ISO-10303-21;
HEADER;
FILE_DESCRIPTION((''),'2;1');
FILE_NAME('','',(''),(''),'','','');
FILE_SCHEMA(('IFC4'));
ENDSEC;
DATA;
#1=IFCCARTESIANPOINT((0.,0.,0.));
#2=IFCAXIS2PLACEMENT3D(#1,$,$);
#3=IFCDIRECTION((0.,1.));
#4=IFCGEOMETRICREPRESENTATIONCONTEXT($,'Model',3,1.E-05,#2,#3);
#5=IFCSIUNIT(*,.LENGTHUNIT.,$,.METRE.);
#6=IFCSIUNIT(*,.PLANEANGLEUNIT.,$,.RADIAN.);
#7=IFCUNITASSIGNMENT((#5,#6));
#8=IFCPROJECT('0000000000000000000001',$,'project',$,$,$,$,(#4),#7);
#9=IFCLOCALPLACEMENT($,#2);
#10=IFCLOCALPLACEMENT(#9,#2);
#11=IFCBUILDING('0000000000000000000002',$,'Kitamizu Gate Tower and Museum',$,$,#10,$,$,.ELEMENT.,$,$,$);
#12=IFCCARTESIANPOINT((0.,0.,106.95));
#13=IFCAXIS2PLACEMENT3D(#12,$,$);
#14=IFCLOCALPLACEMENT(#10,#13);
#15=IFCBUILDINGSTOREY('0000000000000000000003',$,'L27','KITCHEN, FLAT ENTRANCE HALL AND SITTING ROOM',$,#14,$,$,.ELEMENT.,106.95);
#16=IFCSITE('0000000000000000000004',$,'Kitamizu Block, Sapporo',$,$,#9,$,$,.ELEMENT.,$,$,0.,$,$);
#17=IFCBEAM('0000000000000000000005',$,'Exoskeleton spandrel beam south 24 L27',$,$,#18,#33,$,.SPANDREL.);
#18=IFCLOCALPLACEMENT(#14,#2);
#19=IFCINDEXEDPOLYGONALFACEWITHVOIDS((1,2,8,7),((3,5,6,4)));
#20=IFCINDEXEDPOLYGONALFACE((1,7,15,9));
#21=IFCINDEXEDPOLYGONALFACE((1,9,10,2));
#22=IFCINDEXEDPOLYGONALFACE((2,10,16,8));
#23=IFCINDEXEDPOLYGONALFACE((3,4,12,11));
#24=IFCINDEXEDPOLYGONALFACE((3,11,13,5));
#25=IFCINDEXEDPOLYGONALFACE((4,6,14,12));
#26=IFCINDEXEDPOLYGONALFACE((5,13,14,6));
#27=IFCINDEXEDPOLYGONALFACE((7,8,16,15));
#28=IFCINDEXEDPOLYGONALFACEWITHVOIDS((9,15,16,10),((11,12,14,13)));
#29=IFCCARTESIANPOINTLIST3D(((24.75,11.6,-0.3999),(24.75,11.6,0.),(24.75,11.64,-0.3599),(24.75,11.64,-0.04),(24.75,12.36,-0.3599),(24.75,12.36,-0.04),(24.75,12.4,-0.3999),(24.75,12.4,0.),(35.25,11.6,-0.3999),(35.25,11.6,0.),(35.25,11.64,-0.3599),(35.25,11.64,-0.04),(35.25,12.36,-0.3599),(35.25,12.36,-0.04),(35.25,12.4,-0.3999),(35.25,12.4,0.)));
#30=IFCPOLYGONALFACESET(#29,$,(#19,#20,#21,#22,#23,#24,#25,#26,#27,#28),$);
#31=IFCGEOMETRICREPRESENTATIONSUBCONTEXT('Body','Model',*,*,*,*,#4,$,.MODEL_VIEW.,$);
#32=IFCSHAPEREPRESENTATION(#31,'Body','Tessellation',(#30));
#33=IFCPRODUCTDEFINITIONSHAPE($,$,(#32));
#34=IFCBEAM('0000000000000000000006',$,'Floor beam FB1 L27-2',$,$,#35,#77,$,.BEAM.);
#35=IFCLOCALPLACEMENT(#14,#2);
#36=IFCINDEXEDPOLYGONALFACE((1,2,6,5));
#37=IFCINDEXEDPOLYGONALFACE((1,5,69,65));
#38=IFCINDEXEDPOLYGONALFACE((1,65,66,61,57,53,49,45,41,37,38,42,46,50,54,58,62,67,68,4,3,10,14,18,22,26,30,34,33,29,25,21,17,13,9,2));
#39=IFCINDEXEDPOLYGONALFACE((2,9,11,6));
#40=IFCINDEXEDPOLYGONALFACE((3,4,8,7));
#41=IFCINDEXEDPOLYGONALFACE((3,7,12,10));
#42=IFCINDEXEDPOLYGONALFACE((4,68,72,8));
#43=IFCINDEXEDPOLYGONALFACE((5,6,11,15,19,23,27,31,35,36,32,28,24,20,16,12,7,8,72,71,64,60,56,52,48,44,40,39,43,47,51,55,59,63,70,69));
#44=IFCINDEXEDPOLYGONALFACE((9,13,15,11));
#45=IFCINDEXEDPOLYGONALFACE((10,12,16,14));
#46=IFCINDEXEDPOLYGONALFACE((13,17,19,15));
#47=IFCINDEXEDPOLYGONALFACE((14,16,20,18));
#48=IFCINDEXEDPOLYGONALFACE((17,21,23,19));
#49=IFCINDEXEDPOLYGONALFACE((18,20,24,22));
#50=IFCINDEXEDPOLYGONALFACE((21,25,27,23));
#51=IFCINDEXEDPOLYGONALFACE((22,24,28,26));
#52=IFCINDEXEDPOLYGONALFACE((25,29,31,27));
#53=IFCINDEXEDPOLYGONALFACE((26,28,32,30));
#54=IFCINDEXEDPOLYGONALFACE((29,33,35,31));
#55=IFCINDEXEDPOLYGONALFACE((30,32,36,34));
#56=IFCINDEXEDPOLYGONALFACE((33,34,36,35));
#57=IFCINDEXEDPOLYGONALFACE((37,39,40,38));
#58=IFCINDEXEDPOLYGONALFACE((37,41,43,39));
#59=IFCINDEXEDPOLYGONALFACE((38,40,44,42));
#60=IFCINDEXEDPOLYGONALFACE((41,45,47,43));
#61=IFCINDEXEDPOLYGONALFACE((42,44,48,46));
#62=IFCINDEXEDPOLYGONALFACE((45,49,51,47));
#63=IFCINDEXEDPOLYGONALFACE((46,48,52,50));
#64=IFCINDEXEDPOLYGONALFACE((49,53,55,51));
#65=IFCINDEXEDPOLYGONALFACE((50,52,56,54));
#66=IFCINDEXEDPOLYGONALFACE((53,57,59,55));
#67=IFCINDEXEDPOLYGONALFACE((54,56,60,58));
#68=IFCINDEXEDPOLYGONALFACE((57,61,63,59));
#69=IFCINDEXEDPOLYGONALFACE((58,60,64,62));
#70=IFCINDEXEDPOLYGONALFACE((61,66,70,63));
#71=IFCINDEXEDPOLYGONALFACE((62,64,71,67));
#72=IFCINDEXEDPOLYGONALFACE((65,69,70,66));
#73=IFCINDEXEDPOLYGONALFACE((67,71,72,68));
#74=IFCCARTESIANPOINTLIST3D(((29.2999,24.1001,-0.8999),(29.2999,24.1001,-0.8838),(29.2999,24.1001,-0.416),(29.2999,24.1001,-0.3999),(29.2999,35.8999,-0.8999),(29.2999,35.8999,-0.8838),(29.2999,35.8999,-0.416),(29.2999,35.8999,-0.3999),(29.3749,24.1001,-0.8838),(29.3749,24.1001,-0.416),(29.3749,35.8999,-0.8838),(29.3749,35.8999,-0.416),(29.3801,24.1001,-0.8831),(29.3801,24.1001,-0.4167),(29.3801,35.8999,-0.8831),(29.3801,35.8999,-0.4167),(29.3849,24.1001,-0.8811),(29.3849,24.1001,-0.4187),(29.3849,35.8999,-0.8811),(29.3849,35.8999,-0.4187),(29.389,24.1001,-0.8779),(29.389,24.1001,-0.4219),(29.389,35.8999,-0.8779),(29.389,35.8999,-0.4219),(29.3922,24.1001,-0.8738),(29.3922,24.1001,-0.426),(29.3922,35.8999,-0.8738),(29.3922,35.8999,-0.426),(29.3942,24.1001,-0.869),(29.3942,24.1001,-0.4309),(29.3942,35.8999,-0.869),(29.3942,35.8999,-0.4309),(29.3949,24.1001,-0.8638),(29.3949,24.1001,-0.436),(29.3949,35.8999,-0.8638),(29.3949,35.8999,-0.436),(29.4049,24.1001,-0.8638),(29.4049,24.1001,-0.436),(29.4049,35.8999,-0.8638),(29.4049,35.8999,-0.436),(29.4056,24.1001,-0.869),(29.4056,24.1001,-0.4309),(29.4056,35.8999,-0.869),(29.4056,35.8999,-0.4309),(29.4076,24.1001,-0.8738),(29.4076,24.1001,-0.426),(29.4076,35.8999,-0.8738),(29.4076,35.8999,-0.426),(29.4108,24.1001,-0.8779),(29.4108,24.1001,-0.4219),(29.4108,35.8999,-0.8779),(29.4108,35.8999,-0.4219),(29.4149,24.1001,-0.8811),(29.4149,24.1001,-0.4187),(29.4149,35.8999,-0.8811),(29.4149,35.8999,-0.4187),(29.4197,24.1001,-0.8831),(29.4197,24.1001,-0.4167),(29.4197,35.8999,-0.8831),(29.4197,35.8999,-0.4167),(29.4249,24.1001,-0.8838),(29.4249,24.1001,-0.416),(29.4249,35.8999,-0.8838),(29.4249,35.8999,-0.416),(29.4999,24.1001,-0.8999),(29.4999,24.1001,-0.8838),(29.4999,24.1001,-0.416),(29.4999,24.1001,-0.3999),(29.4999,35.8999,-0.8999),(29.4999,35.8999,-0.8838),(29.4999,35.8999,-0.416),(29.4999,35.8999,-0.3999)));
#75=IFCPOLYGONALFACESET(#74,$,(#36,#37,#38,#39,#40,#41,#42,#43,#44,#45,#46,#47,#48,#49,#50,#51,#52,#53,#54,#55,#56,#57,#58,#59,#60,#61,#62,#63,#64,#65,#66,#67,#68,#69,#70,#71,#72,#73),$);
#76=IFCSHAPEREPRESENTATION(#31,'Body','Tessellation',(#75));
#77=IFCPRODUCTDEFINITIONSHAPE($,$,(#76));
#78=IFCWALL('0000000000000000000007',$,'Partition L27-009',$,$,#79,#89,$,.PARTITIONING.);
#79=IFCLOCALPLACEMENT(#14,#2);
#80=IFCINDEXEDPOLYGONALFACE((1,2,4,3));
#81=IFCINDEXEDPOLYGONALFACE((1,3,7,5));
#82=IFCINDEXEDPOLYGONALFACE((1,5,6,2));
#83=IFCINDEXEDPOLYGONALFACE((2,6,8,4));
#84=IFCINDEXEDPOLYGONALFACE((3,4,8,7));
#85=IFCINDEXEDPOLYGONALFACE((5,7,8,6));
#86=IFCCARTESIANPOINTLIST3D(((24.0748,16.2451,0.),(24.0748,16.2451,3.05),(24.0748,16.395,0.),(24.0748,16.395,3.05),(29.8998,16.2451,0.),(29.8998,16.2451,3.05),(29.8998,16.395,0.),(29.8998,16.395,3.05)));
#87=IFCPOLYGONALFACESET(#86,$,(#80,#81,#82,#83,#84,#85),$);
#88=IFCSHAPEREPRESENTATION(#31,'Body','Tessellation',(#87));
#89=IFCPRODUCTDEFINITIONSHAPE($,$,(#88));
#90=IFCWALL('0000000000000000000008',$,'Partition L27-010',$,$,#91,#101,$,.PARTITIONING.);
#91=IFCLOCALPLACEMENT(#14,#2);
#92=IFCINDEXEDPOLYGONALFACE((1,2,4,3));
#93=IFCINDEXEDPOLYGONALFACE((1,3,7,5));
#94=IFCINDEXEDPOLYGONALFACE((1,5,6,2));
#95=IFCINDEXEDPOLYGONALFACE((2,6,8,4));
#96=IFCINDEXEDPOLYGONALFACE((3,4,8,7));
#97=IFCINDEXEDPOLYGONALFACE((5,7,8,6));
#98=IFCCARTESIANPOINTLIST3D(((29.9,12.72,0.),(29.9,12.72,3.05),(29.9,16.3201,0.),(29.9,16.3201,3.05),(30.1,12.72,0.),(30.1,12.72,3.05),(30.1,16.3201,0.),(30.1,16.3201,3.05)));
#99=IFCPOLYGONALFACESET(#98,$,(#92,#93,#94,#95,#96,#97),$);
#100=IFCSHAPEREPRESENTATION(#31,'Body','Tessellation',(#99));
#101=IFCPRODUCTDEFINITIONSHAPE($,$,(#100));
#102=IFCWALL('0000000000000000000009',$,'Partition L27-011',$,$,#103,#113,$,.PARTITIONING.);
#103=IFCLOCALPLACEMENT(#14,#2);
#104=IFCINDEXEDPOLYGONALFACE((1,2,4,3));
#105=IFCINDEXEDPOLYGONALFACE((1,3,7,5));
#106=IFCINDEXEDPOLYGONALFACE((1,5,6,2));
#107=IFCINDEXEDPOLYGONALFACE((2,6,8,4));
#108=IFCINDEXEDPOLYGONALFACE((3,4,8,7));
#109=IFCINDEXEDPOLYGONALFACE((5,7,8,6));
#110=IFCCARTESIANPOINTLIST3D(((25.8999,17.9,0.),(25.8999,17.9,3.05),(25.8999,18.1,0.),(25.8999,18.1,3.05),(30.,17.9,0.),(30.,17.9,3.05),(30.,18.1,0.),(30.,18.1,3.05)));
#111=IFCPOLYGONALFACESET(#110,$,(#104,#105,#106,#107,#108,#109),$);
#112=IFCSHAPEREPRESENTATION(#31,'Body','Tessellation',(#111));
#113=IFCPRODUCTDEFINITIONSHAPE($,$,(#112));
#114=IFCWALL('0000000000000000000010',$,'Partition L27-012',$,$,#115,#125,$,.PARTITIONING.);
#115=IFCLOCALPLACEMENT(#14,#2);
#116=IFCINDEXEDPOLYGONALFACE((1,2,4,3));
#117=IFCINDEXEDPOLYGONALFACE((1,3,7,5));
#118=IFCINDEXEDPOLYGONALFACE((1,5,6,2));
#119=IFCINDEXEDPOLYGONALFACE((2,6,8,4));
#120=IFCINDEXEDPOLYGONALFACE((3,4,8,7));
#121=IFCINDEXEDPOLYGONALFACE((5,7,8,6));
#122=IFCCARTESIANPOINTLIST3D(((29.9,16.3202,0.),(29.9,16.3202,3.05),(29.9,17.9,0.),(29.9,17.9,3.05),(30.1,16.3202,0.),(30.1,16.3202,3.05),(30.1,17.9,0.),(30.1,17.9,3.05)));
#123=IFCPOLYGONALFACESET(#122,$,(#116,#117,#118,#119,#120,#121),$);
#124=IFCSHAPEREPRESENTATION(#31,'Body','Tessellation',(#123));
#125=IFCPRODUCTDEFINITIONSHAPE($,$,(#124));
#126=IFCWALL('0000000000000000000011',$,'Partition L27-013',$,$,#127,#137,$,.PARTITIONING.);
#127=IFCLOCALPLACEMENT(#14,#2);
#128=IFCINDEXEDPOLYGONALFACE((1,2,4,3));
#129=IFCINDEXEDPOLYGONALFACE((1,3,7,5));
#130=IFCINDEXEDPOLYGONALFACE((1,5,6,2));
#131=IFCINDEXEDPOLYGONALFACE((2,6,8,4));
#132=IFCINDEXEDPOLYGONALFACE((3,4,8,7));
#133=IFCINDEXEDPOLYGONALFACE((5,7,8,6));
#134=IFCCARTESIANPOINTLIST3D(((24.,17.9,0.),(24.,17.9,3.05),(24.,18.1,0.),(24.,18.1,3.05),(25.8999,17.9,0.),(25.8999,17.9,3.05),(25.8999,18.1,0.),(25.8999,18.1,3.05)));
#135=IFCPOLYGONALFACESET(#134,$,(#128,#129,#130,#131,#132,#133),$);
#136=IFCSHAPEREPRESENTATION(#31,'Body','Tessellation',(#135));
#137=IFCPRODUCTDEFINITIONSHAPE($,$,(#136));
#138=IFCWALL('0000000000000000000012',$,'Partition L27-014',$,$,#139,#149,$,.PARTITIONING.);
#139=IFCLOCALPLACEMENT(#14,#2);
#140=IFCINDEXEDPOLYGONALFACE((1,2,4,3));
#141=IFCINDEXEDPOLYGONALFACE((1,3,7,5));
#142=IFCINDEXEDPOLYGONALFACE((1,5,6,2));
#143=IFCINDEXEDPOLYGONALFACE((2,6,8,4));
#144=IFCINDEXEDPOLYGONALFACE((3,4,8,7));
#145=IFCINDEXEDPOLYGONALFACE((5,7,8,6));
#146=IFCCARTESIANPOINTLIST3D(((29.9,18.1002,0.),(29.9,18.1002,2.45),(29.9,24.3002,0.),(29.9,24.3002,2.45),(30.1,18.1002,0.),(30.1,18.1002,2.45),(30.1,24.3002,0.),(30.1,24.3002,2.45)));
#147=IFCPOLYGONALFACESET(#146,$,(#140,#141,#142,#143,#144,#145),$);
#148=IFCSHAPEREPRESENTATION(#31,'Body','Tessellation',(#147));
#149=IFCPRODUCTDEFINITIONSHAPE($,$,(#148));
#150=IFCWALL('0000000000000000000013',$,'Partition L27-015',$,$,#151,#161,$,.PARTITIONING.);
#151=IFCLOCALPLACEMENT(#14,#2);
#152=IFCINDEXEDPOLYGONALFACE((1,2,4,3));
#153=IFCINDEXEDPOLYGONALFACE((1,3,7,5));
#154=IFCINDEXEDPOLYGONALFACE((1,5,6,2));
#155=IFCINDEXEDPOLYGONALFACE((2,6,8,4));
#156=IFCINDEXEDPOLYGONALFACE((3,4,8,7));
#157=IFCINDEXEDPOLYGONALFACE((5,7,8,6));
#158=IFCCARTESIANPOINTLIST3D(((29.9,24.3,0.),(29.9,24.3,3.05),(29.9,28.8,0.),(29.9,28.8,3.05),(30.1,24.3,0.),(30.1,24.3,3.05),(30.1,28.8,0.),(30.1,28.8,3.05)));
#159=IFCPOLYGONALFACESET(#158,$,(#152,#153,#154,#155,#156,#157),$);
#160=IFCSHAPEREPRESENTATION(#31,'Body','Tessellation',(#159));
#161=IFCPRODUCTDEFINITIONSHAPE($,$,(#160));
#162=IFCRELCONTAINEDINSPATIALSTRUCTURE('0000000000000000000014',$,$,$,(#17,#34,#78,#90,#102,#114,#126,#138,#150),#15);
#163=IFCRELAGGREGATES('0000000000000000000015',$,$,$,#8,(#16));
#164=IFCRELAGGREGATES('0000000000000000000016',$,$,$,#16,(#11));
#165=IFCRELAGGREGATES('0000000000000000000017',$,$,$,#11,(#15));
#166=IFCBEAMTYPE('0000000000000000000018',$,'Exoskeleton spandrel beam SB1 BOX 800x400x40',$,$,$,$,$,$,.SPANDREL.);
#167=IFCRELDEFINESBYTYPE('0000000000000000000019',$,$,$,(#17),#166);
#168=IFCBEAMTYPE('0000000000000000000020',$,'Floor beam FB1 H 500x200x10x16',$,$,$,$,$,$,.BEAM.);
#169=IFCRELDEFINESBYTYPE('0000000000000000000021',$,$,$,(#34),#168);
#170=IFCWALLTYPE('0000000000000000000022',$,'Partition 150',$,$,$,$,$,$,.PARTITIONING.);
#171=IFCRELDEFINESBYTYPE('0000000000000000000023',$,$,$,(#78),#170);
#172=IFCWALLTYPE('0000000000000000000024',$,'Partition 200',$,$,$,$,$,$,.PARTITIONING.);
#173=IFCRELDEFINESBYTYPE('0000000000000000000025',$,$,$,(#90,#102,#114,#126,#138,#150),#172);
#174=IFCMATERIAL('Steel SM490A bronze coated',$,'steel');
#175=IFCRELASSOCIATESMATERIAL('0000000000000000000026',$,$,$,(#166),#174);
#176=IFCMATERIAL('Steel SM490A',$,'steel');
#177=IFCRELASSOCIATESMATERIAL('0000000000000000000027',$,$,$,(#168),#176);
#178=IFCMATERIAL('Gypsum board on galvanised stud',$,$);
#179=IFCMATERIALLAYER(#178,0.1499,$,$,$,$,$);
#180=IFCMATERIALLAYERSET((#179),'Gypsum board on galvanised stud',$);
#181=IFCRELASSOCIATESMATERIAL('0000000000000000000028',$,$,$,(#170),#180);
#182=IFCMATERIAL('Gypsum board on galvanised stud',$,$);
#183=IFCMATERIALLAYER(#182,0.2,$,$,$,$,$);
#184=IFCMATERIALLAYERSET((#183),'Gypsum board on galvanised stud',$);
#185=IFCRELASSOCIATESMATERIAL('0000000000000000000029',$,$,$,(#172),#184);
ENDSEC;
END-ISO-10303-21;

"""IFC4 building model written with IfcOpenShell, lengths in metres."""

from ifc_helpers import new_model, si_unit, direction, frame, frame_2d, origin, origin_2d, place, context, subcontext, project, spatial, rectangle, hollow_rectangle, i_section, extrude, material, layer, layer_set, material_profile, profile_set, type_object, element, save


model = new_model("IFC4")

# Units and contexts
model_context = context("Model", 3, precision=1e-05, world=origin(), true_north=direction((0.0, 1.0)))
body_context = subcontext(model_context, "Body", "Model", "MODEL_VIEW")
ifc_project = project(units=[si_unit("LENGTHUNIT", "METRE"), si_unit("PLANEANGLEUNIT", "RADIAN")], contexts=[model_context])

# Site, building, storey
site_placement = place(None, origin())
site = spatial("IfcSite", under=ifc_project, at=site_placement, Name="Kitamizu Block, Sapporo", CompositionType="ELEMENT", RefElevation=0.0)
building_placement = place(site_placement, origin())
building = spatial("IfcBuilding", under=site, at=building_placement, Name="Kitamizu Gate Tower and Museum", CompositionType="ELEMENT")
storey_placement = place(building_placement, frame((0.0, 0.0, 106.95)))
storey = spatial("IfcBuildingStorey", under=building, at=storey_placement, Name="L27", Description="KITCHEN, FLAT ENTRANCE HALL AND SITTING ROOM", CompositionType="ELEMENT", Elevation=106.95)

# Beams
ifc_material_1 = material(Name="Steel SM490A bronze coated", Category="steel")
ifc_material_profile_1 = material_profile(ifc_material_1, hollow_rectangle(XDim=0.8, YDim=0.3999, WallThickness=0.04, at=origin_2d()), Name="BOX 800x400x40")
ifc_profile_set_1 = profile_set([ifc_material_profile_1], Name="Steel SM490A bronze coated")
beam_type_1 = type_object("IfcBeamType", Name="Exoskeleton spandrel beam SB1 BOX 800x400x40", PredefinedType="SPANDREL", material=ifc_profile_set_1)
beam_1_placement = place(storey_placement, frame((24.75, 12.0, -0.2), z_axis=(1.0, 0.0, 0.0), x_axis=(0.0, 1.0, 0.0)))
element("IfcBeam", 1, at=beam_1_placement, inside=storey, type_object=beam_type_1, Name="Exoskeleton spandrel beam south 24 L27", PredefinedType="SPANDREL", context=body_context, shape_type="SweptSolid", body=[
    extrude(hollow_rectangle(XDim=0.8, YDim=0.3999, WallThickness=0.04, at=origin_2d()), origin(), (0.0, 0.0, 1.0), 10.5),
])
ifc_material_2 = material(Name="Steel SM490A", Category="steel")
ifc_material_profile_2 = material_profile(ifc_material_2, i_section(OverallWidth=0.2, OverallDepth=0.5, WebThickness=0.01, FlangeThickness=0.0161, FilletRadius=0.02, at=origin_2d()), Name="H-500x200x10x16")
ifc_profile_set_2 = profile_set([ifc_material_profile_2], Name="Steel SM490A")
beam_type_2 = type_object("IfcBeamType", Name="Floor beam FB1 H 500x200x10x16", PredefinedType="BEAM", material=ifc_profile_set_2)
beam_2_placement = place(storey_placement, frame((29.3999, 24.1001, -0.6499), z_axis=(0.0, 1.0, 0.0), x_axis=(-1.0, 0.0, 0.0)))
element("IfcBeam", 2, at=beam_2_placement, inside=storey, type_object=beam_type_2, Name="Floor beam FB1 L27-2", PredefinedType="BEAM", context=body_context, shape_type="SweptSolid", body=[
    extrude(i_section(OverallWidth=0.2, OverallDepth=0.5, WebThickness=0.01, FlangeThickness=0.0161, FilletRadius=0.02, at=origin_2d()), origin(), (0.0, 0.0, 1.0), 11.7998),
])

# Walls
ifc_material_3 = material(Name="Gypsum board on galvanised stud")
ifc_layer_1 = layer(ifc_material_3, 0.1499)
ifc_layer_set_1 = layer_set([ifc_layer_1], Name="Gypsum board on galvanised stud")
wall_type_1 = type_object("IfcWallType", Name="Partition 150", PredefinedType="PARTITIONING", material=ifc_layer_set_1)
wall_1_placement = place(storey_placement, frame((29.8999, 16.3201, 0.0), z_axis=(0.0, 0.0, 1.0), x_axis=(-1.0, 0.0, 0.0)))
element("IfcWall", 3, at=wall_1_placement, inside=storey, type_object=wall_type_1, Name="Partition L27-009", PredefinedType="PARTITIONING", context=body_context, shape_type="SweptSolid", body=[
    extrude(rectangle(XDim=5.825, YDim=0.1499, at=frame_2d((2.9126, 0.0))), origin(), (0.0, 0.0, 1.0), 3.05),
])
ifc_material_4 = material(Name="Gypsum board on galvanised stud")
ifc_layer_2 = layer(ifc_material_4, 0.2)
ifc_layer_set_2 = layer_set([ifc_layer_2], Name="Gypsum board on galvanised stud")
wall_type_2 = type_object("IfcWallType", Name="Partition 200", PredefinedType="PARTITIONING", material=ifc_layer_set_2)
wall_2_placement = place(storey_placement, frame((30.0, 12.72, 0.0), z_axis=(0.0, 0.0, 1.0), x_axis=(0.0, 1.0, 0.0)))
element("IfcWall", 4, at=wall_2_placement, inside=storey, type_object=wall_type_2, Name="Partition L27-010", PredefinedType="PARTITIONING", context=body_context, shape_type="SweptSolid", body=[
    extrude(rectangle(XDim=3.6001, YDim=0.2, at=frame_2d((1.8, 0.0))), origin(), (0.0, 0.0, 1.0), 3.05),
])
wall_3_placement = place(storey_placement, frame((30.0, 18.0, 0.0), z_axis=(0.0, 0.0, 1.0), x_axis=(-1.0, 0.0, 0.0)))
element("IfcWall", 5, at=wall_3_placement, inside=storey, type_object=wall_type_2, Name="Partition L27-011", PredefinedType="PARTITIONING", context=body_context, shape_type="SweptSolid", body=[
    extrude(rectangle(XDim=4.1001, YDim=0.2, at=frame_2d((2.05, 0.0))), origin(), (0.0, 0.0, 1.0), 3.05),
])
wall_4_placement = place(storey_placement, frame((30.0, 16.3201, 0.0), z_axis=(0.0, 0.0, 1.0), x_axis=(0.0, 1.0, 0.0)))
element("IfcWall", 6, at=wall_4_placement, inside=storey, type_object=wall_type_2, Name="Partition L27-012", PredefinedType="PARTITIONING", context=body_context, shape_type="SweptSolid", body=[
    extrude(rectangle(XDim=1.5798, YDim=0.2, at=frame_2d((0.79, 0.0))), origin(), (0.0, 0.0, 1.0), 3.05),
])
wall_5_placement = place(storey_placement, frame((25.8999, 18.0, 0.0), z_axis=(0.0, 0.0, 1.0), x_axis=(-1.0, 0.0, 0.0)))
element("IfcWall", 7, at=wall_5_placement, inside=storey, type_object=wall_type_2, Name="Partition L27-013", PredefinedType="PARTITIONING", context=body_context, shape_type="SweptSolid", body=[
    extrude(rectangle(XDim=1.8999, YDim=0.2, at=frame_2d((0.95, 0.0))), origin(), (0.0, 0.0, 1.0), 3.05),
])
wall_6_placement = place(storey_placement, frame((30.0, 18.1001, 0.0), z_axis=(0.0, 0.0, 1.0), x_axis=(0.0, 1.0, 0.0)))
element("IfcWall", 8, at=wall_6_placement, inside=storey, type_object=wall_type_2, Name="Partition L27-014", PredefinedType="PARTITIONING", context=body_context, shape_type="SweptSolid", body=[
    extrude(rectangle(XDim=6.2, YDim=0.2, at=frame_2d((3.1001, 0.0))), origin(), (0.0, 0.0, 1.0), 2.45),
])
wall_7_placement = place(storey_placement, frame((30.0, 24.3, 0.0), z_axis=(0.0, 0.0, 1.0), x_axis=(0.0, 1.0, 0.0)))
element("IfcWall", 9, at=wall_7_placement, inside=storey, type_object=wall_type_2, Name="Partition L27-015", PredefinedType="PARTITIONING", context=body_context, shape_type="SweptSolid", body=[
    extrude(rectangle(XDim=4.5, YDim=0.2, at=frame_2d((2.25, 0.0))), origin(), (0.0, 0.0, 1.0), 3.05),
])

save(model, "model.ifc")
